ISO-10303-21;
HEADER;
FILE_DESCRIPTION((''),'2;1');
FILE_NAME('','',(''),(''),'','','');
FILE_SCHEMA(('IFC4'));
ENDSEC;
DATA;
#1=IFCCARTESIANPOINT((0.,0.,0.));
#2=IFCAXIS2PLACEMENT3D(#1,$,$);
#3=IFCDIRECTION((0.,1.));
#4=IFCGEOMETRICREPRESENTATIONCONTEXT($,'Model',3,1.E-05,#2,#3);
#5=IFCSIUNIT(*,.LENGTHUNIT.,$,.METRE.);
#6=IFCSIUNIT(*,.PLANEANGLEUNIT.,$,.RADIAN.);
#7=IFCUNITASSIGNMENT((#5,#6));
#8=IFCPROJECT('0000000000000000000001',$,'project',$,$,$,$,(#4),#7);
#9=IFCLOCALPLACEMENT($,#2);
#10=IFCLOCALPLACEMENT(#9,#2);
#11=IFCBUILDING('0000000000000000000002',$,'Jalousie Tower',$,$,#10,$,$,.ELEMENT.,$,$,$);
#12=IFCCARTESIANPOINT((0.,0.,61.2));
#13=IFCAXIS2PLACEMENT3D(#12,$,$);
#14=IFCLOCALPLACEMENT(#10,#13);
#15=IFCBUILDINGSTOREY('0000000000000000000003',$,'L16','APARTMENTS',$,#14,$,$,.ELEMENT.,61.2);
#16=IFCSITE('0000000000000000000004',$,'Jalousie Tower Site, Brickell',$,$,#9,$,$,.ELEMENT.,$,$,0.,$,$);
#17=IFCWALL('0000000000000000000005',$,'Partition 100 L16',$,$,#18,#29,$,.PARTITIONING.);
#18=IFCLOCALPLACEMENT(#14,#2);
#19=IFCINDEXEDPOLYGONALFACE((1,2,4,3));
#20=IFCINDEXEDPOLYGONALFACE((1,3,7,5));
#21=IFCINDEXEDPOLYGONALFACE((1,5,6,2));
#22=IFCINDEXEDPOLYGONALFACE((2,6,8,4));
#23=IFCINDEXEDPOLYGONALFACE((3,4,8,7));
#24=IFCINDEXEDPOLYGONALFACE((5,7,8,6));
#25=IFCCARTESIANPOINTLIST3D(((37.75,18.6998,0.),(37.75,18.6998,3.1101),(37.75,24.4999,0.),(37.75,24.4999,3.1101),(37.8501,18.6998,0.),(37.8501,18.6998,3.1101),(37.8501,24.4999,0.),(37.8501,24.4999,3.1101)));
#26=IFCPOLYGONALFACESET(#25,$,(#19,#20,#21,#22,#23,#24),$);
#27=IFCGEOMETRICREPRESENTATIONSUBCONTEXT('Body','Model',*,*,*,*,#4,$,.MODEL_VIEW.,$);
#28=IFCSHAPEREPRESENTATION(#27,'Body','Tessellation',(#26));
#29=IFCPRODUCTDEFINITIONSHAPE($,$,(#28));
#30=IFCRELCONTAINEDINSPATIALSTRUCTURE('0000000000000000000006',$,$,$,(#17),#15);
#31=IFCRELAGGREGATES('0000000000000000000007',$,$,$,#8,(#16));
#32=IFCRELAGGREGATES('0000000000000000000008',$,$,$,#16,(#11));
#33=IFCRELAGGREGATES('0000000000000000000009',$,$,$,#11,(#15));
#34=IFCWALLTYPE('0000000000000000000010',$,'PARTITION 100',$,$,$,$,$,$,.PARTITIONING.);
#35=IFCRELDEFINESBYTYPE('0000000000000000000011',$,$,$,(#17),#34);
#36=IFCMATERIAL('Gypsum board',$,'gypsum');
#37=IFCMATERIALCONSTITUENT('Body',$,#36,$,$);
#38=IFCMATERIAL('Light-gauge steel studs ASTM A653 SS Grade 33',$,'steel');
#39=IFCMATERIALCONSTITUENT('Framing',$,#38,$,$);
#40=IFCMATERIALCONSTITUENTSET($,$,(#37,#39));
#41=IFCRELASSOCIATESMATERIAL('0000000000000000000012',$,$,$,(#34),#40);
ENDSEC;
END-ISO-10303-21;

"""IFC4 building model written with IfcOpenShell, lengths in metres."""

from ifc_helpers import new_model, si_unit, direction, frame, frame_2d, origin, place, context, subcontext, project, spatial, rectangle, extrude, material, constituent, constituent_set, type_object, element, save


model = new_model("IFC4")

# Units and contexts
model_context = context("Model", 3, precision=1e-05, world=origin(), true_north=direction((0.0, 1.0)))
body_context = subcontext(model_context, "Body", "Model", "MODEL_VIEW")
ifc_project = project(units=[si_unit("LENGTHUNIT", "METRE"), si_unit("PLANEANGLEUNIT", "RADIAN")], contexts=[model_context])

# Site, building, storey
site_placement = place(None, origin())
site = spatial("IfcSite", under=ifc_project, at=site_placement, Name="Jalousie Tower Site, Brickell", CompositionType="ELEMENT", RefElevation=0.0)
building_placement = place(site_placement, origin())
building = spatial("IfcBuilding", under=site, at=building_placement, Name="Jalousie Tower", CompositionType="ELEMENT")
storey_placement = place(building_placement, frame((0.0, 0.0, 61.2)))
storey = spatial("IfcBuildingStorey", under=building, at=storey_placement, Name="L16", Description="APARTMENTS", CompositionType="ELEMENT", Elevation=61.2)

# Wall
ifc_material_1 = material(Name="Gypsum board", Category="gypsum")
ifc_constituent_1 = constituent(ifc_material_1, Name="Body")
ifc_material_2 = material(Name="Light-gauge steel studs ASTM A653 SS Grade 33", Category="steel")
ifc_constituent_2 = constituent(ifc_material_2, Name="Framing")
ifc_constituent_set = constituent_set(constituents=[ifc_constituent_1, ifc_constituent_2])
wall_type_1 = type_object("IfcWallType", Name="PARTITION 100", PredefinedType="PARTITIONING", material=ifc_constituent_set)
wall_1_placement = place(storey_placement, frame((37.8, 18.7, 0.0), z_axis=(0.0, 0.0, 1.0), x_axis=(0.0, 1.0, 0.0)))
element("IfcWall", 1, at=wall_1_placement, inside=storey, type_object=wall_type_1, Name="Partition 100 L16", PredefinedType="PARTITIONING", context=body_context, shape_type="SweptSolid", body=[
    extrude(rectangle(XDim=5.8, YDim=0.1001, at=frame_2d((2.8999, 0.0))), origin(), (0.0, 0.0, 1.0), 3.1101),
])

save(model, "model.ifc")
